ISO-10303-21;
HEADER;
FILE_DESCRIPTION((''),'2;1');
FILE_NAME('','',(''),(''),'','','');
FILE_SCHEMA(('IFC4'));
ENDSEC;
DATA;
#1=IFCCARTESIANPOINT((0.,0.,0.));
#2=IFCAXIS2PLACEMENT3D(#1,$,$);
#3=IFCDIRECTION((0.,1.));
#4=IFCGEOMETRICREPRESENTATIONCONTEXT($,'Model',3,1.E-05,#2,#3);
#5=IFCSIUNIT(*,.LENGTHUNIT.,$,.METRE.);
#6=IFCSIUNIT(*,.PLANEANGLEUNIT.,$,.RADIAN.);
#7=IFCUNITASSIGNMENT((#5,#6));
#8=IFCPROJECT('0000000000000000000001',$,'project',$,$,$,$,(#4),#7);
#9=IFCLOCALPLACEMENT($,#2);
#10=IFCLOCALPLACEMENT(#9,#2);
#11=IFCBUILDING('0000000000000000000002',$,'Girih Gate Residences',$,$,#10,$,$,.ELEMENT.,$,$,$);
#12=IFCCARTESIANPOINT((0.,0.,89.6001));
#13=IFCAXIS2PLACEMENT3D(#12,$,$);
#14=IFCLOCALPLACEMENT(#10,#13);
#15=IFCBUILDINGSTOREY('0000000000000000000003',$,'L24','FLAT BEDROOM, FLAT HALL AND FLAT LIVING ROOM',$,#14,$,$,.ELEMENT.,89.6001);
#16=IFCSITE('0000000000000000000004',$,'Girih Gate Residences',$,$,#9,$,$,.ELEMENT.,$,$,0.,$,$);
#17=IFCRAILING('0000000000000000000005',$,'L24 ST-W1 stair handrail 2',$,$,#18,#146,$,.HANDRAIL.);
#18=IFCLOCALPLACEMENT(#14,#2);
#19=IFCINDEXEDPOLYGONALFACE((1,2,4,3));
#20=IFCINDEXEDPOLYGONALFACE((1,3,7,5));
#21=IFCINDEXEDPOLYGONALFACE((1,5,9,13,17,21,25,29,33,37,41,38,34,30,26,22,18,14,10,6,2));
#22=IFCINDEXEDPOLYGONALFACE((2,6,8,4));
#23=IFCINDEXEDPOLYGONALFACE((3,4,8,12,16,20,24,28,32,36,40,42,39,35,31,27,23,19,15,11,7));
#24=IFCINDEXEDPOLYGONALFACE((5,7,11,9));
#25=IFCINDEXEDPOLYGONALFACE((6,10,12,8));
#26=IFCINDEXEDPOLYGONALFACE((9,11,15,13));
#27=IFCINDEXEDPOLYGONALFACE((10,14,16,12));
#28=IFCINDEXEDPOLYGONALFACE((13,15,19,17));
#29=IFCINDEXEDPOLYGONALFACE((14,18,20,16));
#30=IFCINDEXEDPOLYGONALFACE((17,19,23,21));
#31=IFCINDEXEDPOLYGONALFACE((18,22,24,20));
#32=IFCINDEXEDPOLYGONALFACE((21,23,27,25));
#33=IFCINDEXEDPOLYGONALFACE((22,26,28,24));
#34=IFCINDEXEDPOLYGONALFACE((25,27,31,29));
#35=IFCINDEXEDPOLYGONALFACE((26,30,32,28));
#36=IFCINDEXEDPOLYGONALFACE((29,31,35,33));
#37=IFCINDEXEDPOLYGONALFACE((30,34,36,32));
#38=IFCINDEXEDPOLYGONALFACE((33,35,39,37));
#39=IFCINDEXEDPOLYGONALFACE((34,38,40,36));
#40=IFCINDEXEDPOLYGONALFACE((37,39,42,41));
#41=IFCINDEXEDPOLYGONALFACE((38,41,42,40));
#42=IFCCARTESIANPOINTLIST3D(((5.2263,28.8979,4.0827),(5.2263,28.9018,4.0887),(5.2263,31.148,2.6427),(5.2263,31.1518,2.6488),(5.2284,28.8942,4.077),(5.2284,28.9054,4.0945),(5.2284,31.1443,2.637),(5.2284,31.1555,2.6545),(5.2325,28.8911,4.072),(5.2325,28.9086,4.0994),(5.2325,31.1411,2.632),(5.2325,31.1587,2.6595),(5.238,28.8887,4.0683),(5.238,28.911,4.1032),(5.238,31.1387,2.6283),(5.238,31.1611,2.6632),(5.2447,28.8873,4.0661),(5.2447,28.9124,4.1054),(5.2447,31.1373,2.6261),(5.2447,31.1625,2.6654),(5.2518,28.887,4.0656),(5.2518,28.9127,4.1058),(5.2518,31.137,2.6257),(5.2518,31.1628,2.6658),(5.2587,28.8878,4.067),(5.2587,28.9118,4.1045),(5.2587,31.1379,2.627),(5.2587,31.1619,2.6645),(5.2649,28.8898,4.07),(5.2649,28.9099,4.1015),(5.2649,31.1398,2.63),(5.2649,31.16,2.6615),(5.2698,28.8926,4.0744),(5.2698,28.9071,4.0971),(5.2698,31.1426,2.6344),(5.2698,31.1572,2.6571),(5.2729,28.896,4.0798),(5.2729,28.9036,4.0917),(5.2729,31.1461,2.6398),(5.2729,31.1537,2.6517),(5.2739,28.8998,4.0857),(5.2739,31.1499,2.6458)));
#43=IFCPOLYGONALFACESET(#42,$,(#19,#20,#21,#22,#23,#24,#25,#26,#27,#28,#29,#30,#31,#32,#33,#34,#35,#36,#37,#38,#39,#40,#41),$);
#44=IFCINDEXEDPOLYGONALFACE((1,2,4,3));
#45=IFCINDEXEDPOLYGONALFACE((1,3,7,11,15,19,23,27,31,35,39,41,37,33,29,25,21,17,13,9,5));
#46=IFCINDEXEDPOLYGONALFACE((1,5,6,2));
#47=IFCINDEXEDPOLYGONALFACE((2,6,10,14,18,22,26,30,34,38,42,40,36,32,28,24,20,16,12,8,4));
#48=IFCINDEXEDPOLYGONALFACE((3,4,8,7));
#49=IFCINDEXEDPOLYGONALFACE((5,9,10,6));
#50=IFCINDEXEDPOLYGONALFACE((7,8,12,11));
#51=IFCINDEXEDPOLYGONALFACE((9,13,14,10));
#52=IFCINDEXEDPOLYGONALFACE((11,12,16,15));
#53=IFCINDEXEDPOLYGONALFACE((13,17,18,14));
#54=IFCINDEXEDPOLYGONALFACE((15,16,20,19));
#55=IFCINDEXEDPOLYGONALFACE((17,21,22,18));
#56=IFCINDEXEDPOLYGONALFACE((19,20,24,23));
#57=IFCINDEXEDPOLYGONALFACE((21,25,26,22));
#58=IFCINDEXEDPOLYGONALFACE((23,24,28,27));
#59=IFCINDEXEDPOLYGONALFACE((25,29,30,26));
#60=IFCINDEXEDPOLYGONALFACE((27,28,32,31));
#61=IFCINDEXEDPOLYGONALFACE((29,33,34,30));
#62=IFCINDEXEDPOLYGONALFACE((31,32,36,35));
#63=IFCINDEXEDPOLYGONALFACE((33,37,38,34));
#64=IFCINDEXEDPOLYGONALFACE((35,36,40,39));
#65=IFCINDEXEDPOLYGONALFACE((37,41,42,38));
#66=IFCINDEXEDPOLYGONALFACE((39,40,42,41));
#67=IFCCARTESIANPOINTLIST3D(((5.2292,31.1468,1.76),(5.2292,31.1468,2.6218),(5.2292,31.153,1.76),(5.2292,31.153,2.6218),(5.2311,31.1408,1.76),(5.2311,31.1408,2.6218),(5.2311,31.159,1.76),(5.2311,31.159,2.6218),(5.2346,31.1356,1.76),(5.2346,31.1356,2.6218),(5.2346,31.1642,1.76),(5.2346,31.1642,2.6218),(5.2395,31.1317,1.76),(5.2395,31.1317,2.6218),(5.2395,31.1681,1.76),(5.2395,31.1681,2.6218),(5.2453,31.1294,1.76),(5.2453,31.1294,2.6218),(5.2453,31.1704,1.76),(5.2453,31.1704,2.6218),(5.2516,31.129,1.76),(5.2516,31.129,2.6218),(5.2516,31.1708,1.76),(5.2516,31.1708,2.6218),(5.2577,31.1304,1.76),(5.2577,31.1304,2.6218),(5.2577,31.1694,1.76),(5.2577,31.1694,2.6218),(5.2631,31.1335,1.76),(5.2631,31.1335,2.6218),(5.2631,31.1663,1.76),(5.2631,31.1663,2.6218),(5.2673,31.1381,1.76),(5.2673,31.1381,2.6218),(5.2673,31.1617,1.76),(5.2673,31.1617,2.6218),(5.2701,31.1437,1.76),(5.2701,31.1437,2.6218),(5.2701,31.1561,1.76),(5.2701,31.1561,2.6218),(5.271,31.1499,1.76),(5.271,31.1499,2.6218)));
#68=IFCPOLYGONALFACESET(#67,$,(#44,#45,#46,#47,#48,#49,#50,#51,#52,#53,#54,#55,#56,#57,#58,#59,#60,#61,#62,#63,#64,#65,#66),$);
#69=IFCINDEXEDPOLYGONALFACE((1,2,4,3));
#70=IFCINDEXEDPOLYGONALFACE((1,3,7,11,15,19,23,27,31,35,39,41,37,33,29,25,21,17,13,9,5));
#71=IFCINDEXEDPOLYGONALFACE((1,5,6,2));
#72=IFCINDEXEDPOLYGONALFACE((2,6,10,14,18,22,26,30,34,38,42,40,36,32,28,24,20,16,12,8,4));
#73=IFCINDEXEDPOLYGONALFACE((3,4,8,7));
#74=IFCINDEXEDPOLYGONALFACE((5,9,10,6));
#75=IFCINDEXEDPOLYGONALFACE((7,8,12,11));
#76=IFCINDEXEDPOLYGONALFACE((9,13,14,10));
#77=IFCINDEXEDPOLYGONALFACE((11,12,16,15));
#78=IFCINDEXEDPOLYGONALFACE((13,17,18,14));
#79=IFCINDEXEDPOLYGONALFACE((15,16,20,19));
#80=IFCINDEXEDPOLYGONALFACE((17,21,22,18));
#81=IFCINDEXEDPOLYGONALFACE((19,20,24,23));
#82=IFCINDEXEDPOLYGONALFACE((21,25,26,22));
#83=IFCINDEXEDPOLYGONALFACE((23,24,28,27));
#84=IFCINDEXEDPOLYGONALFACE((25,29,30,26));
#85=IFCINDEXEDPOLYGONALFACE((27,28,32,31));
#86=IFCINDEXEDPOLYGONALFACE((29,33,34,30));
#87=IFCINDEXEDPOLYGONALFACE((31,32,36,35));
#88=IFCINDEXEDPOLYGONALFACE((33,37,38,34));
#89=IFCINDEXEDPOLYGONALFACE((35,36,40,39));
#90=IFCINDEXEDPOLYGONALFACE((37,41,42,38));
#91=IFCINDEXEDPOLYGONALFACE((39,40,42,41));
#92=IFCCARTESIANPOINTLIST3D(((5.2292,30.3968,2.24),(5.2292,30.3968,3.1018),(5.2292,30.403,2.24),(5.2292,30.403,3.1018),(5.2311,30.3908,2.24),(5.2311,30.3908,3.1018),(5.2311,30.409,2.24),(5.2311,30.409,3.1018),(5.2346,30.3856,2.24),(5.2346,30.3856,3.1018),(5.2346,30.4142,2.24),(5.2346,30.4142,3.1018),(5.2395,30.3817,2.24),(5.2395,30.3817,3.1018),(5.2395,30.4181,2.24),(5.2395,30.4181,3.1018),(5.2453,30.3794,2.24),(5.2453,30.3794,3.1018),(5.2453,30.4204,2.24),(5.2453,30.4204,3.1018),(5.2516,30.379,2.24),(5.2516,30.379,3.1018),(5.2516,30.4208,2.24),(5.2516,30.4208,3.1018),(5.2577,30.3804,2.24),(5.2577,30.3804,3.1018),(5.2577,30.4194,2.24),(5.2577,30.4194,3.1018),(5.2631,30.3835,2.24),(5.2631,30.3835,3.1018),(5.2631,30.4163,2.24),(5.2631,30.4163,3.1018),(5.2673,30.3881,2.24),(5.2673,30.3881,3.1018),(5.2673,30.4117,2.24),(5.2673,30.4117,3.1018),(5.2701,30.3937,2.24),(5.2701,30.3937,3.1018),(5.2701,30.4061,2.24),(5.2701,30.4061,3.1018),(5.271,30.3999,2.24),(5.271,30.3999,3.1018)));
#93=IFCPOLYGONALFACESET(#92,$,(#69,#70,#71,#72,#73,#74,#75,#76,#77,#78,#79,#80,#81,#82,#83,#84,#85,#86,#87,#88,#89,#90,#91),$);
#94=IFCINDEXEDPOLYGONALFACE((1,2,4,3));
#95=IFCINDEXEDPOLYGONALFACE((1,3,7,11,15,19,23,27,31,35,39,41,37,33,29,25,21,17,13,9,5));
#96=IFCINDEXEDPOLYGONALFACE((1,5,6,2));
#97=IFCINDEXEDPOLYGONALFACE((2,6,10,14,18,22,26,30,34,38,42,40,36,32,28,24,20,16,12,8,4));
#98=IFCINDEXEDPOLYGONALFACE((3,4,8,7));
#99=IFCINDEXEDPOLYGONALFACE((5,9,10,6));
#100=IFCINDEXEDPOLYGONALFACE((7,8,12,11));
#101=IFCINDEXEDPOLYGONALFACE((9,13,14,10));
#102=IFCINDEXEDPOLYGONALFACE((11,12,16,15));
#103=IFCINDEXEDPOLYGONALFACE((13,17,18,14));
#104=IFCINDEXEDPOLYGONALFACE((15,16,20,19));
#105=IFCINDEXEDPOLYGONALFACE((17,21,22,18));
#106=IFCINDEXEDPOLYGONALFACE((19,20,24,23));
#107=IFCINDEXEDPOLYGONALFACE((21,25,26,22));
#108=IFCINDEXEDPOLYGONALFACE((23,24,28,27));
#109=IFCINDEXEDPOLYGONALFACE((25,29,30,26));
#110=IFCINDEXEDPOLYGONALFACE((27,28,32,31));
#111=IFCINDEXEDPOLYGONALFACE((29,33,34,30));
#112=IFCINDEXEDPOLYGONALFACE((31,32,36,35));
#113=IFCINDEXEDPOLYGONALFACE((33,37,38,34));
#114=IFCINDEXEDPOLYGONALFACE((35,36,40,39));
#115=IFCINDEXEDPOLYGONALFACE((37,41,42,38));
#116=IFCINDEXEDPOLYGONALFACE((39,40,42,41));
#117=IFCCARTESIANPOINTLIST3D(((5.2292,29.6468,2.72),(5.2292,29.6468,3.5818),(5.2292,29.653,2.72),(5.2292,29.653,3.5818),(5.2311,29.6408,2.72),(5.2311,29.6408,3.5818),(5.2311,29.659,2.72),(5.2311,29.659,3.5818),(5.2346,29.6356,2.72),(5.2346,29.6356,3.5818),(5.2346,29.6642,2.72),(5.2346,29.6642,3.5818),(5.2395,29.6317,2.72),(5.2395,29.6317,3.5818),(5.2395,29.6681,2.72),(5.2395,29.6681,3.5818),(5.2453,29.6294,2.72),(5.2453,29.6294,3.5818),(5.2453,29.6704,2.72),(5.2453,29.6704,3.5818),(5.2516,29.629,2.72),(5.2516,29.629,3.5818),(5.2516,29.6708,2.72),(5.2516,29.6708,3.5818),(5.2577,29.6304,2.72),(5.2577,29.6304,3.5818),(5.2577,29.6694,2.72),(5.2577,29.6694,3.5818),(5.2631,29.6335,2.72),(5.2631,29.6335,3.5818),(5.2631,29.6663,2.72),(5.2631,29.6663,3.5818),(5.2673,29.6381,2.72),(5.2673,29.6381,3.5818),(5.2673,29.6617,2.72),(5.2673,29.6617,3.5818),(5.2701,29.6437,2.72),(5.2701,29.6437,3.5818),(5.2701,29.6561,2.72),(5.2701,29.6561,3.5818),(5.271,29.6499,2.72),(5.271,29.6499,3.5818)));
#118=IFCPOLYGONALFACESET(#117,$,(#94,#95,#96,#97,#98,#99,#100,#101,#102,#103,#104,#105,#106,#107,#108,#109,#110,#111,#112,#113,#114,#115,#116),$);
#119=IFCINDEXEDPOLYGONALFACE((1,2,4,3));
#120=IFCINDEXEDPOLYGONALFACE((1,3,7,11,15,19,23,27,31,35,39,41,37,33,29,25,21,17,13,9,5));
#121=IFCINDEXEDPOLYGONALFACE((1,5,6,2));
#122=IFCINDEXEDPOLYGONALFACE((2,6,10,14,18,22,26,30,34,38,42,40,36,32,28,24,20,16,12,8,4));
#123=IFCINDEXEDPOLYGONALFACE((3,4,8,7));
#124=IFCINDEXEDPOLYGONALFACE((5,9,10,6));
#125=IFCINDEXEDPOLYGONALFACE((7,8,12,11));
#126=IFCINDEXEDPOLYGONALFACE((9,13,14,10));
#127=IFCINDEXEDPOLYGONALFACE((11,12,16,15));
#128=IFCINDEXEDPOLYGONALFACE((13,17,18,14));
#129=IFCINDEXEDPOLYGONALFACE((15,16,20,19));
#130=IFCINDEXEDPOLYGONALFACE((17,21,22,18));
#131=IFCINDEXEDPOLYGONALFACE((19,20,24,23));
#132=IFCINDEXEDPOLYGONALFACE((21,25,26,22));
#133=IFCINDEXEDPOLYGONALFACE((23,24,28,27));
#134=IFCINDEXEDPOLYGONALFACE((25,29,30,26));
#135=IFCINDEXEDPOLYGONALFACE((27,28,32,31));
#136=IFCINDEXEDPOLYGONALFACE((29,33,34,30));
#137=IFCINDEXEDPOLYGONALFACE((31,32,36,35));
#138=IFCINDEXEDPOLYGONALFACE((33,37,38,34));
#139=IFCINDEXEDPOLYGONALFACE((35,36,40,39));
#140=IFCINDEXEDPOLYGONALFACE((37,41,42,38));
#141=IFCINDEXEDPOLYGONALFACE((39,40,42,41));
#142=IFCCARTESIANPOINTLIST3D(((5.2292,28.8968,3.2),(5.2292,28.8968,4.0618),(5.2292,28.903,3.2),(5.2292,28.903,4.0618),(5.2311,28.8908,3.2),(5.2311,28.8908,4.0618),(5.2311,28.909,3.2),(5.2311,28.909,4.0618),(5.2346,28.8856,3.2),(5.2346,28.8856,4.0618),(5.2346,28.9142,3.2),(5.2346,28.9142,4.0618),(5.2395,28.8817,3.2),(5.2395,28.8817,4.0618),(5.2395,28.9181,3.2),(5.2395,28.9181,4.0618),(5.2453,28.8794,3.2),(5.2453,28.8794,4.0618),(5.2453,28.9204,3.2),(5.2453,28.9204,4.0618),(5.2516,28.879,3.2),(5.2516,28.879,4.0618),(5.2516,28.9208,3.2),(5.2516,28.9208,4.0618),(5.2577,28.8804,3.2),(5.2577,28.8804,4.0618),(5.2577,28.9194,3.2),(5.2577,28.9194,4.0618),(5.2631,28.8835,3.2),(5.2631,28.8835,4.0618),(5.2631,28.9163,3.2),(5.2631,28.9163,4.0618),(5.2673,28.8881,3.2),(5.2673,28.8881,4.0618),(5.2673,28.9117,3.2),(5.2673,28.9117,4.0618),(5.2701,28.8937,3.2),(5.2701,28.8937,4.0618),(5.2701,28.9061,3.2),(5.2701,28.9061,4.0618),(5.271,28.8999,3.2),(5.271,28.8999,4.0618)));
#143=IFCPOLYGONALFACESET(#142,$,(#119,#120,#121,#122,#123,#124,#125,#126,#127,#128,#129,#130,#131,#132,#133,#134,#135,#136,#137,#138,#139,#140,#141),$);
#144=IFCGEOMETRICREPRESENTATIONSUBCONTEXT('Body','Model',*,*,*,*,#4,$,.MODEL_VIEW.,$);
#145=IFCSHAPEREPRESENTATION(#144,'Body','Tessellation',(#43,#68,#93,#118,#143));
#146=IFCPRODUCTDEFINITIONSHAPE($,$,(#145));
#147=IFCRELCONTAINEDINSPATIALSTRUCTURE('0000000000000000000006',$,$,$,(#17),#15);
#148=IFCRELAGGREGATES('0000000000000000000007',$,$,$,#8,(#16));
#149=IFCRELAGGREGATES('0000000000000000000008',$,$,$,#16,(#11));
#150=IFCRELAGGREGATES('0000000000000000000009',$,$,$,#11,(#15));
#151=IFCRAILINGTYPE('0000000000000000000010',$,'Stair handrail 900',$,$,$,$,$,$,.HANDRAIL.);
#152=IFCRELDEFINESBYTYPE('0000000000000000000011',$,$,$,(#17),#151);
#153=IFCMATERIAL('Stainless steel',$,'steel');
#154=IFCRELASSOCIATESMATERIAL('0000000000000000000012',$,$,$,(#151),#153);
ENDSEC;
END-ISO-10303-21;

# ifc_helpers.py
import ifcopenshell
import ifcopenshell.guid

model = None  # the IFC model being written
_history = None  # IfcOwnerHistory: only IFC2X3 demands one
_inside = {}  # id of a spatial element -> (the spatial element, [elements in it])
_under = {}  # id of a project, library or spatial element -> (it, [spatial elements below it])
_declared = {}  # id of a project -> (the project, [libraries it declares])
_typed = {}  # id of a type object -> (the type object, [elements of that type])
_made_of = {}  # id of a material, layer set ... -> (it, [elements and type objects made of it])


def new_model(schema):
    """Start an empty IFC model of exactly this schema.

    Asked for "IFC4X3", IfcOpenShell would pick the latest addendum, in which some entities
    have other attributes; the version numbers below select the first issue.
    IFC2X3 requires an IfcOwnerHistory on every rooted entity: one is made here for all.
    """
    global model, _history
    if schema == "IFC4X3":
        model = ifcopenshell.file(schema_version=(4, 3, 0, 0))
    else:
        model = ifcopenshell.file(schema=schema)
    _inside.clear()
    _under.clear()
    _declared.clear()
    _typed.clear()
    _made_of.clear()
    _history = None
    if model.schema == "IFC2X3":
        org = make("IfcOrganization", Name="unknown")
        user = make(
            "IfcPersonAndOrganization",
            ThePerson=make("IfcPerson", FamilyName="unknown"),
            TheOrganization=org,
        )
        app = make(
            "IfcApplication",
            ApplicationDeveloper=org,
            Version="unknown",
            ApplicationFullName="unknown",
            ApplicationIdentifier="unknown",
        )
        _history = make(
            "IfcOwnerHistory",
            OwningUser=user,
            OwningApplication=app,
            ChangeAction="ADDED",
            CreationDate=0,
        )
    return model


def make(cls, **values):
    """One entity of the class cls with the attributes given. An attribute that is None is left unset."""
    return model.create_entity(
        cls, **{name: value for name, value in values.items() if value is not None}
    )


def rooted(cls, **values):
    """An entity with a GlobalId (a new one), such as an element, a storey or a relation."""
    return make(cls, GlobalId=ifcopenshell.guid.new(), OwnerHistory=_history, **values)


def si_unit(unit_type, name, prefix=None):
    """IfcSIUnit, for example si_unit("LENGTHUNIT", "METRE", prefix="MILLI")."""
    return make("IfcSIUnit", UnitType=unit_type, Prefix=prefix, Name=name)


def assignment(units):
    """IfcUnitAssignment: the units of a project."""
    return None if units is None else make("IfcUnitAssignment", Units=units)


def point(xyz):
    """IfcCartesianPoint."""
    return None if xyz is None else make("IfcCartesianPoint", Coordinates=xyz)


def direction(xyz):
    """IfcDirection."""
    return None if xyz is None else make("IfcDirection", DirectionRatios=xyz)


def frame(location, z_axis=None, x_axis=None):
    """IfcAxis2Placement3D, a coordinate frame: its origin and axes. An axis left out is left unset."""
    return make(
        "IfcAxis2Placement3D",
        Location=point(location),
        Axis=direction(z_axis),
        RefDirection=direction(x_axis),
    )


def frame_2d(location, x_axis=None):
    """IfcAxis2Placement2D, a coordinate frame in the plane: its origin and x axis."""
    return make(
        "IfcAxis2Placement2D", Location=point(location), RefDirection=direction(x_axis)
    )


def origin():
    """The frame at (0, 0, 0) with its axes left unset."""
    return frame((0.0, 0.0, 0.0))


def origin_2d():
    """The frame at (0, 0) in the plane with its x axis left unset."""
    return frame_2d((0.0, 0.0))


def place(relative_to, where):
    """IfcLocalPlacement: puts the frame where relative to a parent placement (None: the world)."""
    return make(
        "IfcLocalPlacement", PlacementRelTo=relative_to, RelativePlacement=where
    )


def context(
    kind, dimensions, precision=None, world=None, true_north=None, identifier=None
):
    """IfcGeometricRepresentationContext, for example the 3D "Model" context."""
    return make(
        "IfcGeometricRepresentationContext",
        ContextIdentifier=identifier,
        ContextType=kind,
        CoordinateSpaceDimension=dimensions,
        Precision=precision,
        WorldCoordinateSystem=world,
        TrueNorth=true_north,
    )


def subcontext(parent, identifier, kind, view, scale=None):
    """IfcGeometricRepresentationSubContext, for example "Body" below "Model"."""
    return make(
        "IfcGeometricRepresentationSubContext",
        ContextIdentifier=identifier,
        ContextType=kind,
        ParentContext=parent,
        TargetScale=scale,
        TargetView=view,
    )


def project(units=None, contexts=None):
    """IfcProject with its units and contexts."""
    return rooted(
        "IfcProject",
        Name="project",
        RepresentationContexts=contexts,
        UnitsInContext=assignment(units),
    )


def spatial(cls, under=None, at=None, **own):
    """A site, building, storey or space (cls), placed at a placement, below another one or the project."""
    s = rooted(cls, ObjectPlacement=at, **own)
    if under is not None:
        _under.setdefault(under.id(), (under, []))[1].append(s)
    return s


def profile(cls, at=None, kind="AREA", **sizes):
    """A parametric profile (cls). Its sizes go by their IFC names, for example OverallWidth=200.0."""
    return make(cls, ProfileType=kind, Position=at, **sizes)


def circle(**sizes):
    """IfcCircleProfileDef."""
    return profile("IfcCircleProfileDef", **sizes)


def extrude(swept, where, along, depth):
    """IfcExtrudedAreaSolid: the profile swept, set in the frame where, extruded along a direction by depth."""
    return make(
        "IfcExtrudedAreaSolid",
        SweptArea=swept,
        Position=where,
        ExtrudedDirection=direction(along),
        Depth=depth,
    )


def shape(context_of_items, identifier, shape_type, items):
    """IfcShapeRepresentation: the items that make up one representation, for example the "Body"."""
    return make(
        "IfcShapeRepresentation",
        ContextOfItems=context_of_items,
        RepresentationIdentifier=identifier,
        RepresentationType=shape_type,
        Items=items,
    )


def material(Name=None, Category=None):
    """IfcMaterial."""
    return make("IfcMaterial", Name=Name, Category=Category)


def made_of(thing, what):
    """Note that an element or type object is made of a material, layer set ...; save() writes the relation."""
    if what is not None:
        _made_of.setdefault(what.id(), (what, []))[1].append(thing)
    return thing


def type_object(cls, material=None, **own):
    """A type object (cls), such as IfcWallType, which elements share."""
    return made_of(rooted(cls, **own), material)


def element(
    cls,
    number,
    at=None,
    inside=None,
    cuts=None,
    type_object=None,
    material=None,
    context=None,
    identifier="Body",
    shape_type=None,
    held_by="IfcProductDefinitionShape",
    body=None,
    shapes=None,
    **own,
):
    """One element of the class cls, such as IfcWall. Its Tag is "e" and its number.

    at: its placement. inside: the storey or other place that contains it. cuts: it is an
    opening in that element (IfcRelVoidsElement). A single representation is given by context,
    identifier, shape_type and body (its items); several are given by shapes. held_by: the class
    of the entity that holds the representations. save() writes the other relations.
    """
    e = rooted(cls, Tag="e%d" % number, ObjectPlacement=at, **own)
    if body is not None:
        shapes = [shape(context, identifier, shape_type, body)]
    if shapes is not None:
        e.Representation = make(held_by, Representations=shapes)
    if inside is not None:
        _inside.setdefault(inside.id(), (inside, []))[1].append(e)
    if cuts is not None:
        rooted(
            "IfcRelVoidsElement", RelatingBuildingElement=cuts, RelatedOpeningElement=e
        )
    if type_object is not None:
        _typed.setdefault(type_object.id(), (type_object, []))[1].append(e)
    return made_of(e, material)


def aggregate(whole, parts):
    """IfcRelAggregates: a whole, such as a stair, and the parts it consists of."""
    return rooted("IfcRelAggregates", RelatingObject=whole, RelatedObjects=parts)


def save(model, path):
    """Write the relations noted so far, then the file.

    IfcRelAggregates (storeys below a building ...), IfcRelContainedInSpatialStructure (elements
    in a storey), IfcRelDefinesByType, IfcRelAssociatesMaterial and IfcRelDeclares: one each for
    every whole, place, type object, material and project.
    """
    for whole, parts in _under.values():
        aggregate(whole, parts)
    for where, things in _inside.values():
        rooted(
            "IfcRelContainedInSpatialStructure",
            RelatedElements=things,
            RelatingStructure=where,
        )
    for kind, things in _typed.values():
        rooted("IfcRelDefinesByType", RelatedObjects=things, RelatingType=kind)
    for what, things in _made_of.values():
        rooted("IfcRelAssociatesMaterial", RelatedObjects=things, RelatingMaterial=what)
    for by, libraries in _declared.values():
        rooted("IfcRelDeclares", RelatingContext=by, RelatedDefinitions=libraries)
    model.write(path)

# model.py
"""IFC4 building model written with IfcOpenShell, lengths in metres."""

from ifc_helpers import new_model, si_unit, direction, frame, origin, origin_2d, place, context, subcontext, project, spatial, circle, extrude, material, type_object, element, save


model = new_model("IFC4")

# Units and contexts
model_context = context("Model", 3, precision=1e-05, world=origin(), true_north=direction((0.0, 1.0)))
body_context = subcontext(model_context, "Body", "Model", "MODEL_VIEW")
ifc_project = project(units=[si_unit("LENGTHUNIT", "METRE"), si_unit("PLANEANGLEUNIT", "RADIAN")], contexts=[model_context])

# Site, building, storey
site_placement = place(None, origin())
site = spatial("IfcSite", under=ifc_project, at=site_placement, Name="Girih Gate Residences", CompositionType="ELEMENT", RefElevation=0.0)
building_placement = place(site_placement, origin())
building = spatial("IfcBuilding", under=site, at=building_placement, Name="Girih Gate Residences", CompositionType="ELEMENT")
storey_placement = place(building_placement, frame((0.0, 0.0, 89.6001)))
storey = spatial("IfcBuildingStorey", under=building, at=storey_placement, Name="L24", Description="FLAT BEDROOM, FLAT HALL AND FLAT LIVING ROOM", CompositionType="ELEMENT", Elevation=89.6001)

# Railing
ifc_material_1 = material(Name="Stainless steel", Category="steel")
railing_type_1 = type_object("IfcRailingType", Name="Stair handrail 900", PredefinedType="HANDRAIL", material=ifc_material_1)
railing_1_placement = place(storey_placement, frame((5.25, 31.1499, 1.76)))
element("IfcRailing", 1, at=railing_1_placement, inside=storey, type_object=railing_type_1, Name="L24 ST-W1 stair handrail 2", PredefinedType="HANDRAIL", context=body_context, shape_type="SweptSolid", body=[
    extrude(circle(Radius=0.0239, at=origin_2d()), frame((0.0, 0.0, 0.8857), z_axis=(0.0, -0.842281, 0.539038), x_axis=(1.0, 0.0, 0.0)), (0.0, 0.0, 1.0), 2.6714),
    extrude(circle(Radius=0.021, at=origin_2d()), origin(), (0.0, 0.0, 1.0), 0.8618),
    extrude(circle(Radius=0.021, at=origin_2d()), frame((0.0, -0.75, 0.48)), (0.0, 0.0, 1.0), 0.8618),
    extrude(circle(Radius=0.021, at=origin_2d()), frame((0.0, -1.5, 0.96)), (0.0, 0.0, 1.0), 0.8618),
    extrude(circle(Radius=0.021, at=origin_2d()), frame((0.0, -2.25, 1.4399)), (0.0, 0.0, 1.0), 0.8618),
])

save(model, "model.ifc")
